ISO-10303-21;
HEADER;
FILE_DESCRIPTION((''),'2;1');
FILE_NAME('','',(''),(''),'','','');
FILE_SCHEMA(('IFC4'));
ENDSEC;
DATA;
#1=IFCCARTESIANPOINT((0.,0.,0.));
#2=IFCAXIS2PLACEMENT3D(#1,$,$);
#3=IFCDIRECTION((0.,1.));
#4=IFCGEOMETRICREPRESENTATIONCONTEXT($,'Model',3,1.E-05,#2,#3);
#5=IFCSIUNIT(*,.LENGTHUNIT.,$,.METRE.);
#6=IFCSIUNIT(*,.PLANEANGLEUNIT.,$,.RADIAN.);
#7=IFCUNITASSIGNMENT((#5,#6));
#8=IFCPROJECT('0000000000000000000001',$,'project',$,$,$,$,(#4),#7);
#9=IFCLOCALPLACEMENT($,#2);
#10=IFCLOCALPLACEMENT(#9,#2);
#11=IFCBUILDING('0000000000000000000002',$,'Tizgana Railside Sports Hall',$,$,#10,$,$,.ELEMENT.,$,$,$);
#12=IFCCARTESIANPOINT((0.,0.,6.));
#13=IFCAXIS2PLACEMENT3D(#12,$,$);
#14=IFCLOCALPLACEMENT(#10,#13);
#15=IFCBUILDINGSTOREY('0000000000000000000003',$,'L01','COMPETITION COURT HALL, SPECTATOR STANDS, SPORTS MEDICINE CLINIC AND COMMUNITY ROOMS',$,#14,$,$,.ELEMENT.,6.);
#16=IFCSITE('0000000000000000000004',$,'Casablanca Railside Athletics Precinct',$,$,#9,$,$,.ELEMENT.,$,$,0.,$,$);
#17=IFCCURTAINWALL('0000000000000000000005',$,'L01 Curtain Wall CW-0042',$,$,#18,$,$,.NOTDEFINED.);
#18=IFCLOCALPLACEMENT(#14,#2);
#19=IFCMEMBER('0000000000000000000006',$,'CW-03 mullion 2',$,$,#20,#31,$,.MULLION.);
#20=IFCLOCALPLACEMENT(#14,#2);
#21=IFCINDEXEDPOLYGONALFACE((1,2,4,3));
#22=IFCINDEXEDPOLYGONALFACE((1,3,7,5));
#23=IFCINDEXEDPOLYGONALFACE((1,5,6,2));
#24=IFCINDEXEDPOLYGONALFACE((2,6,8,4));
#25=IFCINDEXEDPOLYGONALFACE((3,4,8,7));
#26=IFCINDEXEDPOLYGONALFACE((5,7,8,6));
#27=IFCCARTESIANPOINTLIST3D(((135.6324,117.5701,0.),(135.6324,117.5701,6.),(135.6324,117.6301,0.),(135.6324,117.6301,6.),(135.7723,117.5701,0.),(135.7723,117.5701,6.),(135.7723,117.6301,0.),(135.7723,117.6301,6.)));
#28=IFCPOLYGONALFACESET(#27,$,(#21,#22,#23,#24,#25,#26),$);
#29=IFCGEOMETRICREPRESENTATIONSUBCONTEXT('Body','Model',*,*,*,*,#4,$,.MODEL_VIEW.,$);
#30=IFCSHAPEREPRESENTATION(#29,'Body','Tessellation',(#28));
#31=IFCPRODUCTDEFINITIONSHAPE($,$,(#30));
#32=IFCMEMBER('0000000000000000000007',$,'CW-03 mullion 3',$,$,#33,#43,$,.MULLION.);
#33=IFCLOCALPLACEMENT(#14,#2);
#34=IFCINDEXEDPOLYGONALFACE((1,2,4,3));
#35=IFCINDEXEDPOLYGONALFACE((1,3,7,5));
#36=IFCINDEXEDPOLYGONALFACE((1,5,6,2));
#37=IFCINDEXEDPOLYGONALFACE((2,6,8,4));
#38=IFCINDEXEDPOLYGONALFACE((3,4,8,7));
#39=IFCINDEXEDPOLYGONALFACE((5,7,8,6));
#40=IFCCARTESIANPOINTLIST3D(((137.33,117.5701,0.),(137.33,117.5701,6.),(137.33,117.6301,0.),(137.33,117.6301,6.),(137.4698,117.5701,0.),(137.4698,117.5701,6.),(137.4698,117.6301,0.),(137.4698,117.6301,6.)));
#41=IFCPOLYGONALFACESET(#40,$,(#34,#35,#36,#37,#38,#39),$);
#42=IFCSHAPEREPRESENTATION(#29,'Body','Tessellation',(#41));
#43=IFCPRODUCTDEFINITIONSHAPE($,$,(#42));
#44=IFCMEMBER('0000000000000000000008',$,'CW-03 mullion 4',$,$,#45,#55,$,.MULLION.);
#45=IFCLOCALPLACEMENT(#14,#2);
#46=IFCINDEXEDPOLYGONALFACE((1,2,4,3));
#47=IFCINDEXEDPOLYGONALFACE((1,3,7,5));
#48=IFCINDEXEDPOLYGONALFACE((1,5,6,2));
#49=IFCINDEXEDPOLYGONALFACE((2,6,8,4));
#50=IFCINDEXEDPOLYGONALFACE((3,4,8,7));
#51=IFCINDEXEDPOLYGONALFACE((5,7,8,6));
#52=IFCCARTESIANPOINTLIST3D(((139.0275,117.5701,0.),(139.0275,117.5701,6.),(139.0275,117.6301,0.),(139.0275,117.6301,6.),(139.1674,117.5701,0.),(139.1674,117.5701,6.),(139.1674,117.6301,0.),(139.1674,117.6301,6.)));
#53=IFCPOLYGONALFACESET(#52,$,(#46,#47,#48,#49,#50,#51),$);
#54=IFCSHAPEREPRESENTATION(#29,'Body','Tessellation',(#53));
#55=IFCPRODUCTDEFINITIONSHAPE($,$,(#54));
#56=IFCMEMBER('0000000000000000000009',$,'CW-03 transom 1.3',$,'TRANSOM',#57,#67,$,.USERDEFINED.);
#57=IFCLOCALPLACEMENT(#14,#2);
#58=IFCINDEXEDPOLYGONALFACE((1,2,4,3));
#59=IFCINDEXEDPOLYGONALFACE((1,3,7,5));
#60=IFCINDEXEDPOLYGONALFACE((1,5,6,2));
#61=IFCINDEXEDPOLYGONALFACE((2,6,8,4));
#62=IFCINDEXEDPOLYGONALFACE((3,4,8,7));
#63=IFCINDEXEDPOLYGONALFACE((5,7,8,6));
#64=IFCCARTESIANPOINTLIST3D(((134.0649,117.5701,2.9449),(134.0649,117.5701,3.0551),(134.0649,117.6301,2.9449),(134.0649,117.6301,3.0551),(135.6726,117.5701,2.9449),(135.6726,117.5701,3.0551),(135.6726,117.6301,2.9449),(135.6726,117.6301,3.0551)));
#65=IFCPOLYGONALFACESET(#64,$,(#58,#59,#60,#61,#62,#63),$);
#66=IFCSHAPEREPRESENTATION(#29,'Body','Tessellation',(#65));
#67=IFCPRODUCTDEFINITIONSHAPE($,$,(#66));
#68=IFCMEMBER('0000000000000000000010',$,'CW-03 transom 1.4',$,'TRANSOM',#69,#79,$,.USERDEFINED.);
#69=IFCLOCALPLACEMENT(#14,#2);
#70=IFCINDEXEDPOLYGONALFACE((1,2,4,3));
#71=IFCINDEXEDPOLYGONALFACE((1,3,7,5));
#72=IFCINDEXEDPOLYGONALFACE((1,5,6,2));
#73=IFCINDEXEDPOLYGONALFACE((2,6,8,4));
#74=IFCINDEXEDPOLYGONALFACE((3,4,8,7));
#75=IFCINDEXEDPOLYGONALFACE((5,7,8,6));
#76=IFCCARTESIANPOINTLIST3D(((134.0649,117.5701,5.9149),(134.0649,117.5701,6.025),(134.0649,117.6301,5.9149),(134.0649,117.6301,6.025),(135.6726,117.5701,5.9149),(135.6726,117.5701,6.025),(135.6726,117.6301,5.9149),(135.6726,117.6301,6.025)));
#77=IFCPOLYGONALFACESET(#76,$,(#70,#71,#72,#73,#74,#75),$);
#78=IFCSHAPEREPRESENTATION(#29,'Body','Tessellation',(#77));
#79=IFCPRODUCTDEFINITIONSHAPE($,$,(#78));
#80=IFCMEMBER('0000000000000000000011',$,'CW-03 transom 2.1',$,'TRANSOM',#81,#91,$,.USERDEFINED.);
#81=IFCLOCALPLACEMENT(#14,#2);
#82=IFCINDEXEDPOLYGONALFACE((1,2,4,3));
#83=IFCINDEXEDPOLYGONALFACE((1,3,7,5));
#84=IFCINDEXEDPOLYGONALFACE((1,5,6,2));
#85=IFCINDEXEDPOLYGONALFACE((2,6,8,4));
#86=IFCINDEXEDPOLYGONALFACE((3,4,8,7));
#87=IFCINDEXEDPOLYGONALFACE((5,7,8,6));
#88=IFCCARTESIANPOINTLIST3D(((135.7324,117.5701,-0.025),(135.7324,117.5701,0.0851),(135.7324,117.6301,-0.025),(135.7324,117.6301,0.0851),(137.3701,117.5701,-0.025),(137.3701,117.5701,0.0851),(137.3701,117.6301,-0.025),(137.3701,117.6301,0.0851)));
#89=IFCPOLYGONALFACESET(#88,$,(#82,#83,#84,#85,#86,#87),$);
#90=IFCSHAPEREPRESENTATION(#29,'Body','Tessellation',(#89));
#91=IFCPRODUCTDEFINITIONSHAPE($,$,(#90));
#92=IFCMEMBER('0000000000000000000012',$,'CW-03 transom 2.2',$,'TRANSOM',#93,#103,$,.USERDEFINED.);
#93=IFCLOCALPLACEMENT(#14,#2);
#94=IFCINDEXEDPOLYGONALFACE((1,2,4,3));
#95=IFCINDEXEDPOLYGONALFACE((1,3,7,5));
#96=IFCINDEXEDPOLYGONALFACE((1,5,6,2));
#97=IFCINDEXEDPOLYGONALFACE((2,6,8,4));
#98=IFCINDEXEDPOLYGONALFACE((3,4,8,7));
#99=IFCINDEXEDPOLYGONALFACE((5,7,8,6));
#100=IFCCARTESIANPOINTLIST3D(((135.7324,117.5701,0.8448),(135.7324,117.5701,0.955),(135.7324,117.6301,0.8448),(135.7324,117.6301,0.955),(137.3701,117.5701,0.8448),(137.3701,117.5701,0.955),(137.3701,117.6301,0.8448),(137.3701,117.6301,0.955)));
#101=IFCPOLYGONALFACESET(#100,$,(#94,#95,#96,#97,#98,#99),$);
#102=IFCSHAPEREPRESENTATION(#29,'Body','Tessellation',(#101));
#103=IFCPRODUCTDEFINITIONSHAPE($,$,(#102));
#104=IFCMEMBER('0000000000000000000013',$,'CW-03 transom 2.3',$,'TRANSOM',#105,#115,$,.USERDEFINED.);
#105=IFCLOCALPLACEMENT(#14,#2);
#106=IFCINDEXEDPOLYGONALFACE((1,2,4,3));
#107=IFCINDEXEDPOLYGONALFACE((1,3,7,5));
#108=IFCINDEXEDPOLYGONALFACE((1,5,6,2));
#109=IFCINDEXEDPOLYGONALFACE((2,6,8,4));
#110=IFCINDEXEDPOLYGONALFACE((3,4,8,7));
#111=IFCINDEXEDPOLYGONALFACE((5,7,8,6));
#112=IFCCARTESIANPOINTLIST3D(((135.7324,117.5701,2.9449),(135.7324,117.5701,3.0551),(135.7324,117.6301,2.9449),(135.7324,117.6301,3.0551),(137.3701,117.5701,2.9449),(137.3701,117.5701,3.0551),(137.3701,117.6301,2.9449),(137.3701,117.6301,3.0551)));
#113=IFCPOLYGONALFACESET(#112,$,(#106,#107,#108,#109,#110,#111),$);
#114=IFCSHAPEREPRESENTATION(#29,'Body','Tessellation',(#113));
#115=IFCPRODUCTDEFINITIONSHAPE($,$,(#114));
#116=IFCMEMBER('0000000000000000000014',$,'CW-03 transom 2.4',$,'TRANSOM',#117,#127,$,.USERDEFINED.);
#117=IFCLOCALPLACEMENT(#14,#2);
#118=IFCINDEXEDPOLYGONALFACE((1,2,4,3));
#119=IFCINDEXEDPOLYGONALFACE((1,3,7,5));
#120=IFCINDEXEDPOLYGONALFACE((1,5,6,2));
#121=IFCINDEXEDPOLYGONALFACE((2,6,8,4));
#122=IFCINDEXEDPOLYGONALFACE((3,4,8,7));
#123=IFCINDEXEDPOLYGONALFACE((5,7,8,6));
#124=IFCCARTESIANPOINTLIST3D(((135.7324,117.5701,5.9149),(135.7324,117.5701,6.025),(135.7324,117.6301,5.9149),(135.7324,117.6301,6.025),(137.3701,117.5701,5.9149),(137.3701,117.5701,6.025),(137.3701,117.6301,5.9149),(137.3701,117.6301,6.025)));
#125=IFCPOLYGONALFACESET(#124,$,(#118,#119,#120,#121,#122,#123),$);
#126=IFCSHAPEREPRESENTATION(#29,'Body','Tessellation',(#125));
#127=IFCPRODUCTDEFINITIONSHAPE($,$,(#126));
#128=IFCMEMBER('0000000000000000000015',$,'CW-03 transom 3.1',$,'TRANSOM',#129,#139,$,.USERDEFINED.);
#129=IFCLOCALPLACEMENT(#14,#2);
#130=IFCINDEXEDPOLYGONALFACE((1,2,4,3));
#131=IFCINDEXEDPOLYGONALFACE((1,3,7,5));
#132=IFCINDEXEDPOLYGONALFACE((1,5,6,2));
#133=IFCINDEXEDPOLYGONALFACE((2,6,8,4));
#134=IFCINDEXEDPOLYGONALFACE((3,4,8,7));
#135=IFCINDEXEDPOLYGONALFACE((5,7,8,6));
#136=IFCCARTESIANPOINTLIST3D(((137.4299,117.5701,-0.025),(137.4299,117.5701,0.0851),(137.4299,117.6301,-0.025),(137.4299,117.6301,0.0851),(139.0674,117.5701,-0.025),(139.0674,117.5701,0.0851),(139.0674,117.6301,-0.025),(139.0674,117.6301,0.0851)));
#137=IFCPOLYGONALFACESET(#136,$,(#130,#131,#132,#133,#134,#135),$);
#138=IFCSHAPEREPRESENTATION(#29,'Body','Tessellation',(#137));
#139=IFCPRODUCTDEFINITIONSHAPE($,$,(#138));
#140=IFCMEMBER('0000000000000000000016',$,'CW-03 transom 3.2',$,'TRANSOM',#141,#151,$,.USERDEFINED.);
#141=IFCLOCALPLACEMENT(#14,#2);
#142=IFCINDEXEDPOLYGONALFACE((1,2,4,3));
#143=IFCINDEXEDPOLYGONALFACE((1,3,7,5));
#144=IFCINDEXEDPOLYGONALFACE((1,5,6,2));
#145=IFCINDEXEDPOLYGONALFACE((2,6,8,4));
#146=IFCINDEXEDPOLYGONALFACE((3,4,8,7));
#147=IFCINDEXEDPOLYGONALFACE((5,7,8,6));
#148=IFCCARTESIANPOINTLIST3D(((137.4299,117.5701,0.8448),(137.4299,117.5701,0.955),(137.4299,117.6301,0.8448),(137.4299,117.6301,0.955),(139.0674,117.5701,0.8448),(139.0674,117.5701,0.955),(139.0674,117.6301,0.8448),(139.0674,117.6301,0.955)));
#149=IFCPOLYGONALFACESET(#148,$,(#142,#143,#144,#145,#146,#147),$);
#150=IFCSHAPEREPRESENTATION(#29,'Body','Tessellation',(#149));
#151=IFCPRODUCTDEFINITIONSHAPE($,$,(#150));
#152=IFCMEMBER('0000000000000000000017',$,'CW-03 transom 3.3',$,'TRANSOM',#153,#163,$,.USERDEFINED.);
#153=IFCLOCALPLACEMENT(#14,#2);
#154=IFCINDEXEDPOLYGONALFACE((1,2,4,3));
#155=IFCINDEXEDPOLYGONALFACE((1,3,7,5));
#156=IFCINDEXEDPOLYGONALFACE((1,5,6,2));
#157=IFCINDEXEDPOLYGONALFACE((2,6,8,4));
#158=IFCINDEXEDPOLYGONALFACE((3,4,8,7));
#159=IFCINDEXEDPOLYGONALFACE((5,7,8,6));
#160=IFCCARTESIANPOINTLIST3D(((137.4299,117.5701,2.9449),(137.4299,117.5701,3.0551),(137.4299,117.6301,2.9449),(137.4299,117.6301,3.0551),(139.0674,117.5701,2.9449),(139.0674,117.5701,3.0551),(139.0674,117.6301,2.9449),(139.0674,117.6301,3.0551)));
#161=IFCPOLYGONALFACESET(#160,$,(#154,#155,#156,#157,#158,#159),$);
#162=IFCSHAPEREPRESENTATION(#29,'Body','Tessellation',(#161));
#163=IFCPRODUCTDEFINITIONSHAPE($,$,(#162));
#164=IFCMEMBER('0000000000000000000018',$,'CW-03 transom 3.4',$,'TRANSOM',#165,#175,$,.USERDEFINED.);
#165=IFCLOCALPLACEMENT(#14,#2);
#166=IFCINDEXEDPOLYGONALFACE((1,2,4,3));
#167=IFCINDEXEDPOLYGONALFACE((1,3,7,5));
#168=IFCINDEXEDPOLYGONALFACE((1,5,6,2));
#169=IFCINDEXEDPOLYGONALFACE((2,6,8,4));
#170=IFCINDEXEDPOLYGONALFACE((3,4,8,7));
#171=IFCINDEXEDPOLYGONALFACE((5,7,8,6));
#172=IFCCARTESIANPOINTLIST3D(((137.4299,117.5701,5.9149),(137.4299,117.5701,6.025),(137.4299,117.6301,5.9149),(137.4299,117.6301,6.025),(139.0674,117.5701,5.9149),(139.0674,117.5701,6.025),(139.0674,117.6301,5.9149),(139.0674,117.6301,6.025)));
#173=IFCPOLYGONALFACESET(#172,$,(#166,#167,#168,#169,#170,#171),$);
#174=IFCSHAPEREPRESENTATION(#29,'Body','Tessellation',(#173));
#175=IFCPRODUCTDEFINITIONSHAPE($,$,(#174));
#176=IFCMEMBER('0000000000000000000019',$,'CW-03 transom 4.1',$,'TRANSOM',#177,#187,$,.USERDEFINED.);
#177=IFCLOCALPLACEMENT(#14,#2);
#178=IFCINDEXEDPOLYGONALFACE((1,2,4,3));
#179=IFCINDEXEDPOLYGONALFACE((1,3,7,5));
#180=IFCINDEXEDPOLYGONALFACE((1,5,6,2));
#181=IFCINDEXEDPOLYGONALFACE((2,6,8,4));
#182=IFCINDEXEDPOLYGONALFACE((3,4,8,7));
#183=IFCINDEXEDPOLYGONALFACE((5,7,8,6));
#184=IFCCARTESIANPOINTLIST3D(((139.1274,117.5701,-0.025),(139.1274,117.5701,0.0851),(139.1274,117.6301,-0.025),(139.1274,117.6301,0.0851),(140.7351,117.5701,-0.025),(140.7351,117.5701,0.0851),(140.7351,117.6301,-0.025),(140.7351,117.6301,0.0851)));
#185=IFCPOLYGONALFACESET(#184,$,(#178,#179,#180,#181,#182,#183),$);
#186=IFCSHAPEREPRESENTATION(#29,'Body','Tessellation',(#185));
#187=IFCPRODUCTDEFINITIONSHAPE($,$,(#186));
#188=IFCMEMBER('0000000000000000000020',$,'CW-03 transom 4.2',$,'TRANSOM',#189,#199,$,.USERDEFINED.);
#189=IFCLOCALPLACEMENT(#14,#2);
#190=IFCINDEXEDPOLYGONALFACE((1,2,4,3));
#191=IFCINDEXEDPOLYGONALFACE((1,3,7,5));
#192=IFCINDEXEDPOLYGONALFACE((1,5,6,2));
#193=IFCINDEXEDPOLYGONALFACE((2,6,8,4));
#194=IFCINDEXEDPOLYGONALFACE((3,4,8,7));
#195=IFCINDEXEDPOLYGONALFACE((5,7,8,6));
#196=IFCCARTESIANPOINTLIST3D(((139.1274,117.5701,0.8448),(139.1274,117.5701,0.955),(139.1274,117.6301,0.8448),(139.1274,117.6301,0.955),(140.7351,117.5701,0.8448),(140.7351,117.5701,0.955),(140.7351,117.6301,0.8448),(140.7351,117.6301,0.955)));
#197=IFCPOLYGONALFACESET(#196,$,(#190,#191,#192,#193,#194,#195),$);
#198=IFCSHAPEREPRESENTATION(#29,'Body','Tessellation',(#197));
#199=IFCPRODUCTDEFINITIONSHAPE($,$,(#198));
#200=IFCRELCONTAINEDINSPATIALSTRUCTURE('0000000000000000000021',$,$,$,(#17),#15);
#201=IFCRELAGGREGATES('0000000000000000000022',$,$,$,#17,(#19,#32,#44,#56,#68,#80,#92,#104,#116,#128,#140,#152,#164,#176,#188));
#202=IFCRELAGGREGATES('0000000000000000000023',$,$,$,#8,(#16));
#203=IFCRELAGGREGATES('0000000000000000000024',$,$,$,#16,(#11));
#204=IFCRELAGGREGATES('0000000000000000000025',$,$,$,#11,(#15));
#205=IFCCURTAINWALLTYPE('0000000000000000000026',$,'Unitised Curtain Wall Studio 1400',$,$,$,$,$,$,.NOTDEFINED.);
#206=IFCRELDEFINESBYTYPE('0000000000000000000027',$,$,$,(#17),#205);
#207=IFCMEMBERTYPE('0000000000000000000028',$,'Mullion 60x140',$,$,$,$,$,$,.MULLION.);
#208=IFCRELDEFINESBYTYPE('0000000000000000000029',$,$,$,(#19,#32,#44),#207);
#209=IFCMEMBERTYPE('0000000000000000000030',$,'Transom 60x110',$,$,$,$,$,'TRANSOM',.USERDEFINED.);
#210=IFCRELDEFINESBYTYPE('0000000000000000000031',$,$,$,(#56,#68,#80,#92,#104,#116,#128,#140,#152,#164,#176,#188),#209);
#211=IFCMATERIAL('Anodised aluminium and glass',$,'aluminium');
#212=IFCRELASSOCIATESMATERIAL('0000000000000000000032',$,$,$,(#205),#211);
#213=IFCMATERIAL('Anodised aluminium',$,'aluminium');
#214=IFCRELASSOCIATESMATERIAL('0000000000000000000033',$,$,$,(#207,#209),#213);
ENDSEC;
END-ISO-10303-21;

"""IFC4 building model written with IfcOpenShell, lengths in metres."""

from ifc_helpers import new_model, si_unit, direction, frame, origin, origin_2d, place, context, subcontext, project, spatial, rectangle, extrude, material, material_profile, profile_set, type_object, element, aggregate, save


model = new_model("IFC4")

# Units and contexts
model_context = context("Model", 3, precision=1e-05, world=origin(), true_north=direction((0.0, 1.0)))
body_context = subcontext(model_context, "Body", "Model", "MODEL_VIEW")
ifc_project = project(units=[si_unit("LENGTHUNIT", "METRE"), si_unit("PLANEANGLEUNIT", "RADIAN")], contexts=[model_context])

# Site, building, storey
site_placement = place(None, origin())
site = spatial("IfcSite", under=ifc_project, at=site_placement, Name="Casablanca Railside Athletics Precinct", CompositionType="ELEMENT", RefElevation=0.0)
building_placement = place(site_placement, origin())
building = spatial("IfcBuilding", under=site, at=building_placement, Name="Tizgana Railside Sports Hall", CompositionType="ELEMENT")
storey_placement = place(building_placement, frame((0.0, 0.0, 6.0)))
storey = spatial("IfcBuildingStorey", under=building, at=storey_placement, Name="L01", Description="COMPETITION COURT HALL, SPECTATOR STANDS, SPORTS MEDICINE CLINIC AND COMMUNITY ROOMS", CompositionType="ELEMENT", Elevation=6.0)

# Curtain wall, members
ifc_material_1 = material(Name="Anodised aluminium and glass", Category="aluminium")
curtain_wall_type = type_object("IfcCurtainWallType", Name="Unitised Curtain Wall Studio 1400", PredefinedType="NOTDEFINED", material=ifc_material_1)
curtain_wall_placement = place(storey_placement, origin())
curtain_wall = element("IfcCurtainWall", 1, at=curtain_wall_placement, inside=storey, type_object=curtain_wall_type, Name="L01 Curtain Wall CW-0042", PredefinedType="NOTDEFINED")
ifc_material_2 = material(Name="Anodised aluminium", Category="aluminium")
ifc_material_profile_1 = material_profile(ifc_material_2, rectangle(XDim=0.0601, YDim=0.1399, at=origin_2d()), Name="Mullion 60x140")
ifc_profile_set_1 = profile_set([ifc_material_profile_1], Name="Anodised aluminium")
member_type_1 = type_object("IfcMemberType", Name="Mullion 60x140", PredefinedType="MULLION", material=ifc_profile_set_1)
member_1_placement = place(storey_placement, frame((135.7024, 117.6001, 0.0), z_axis=(0.0, 0.0, 1.0), x_axis=(0.0, 1.0, 0.0)))
member_1 = element("IfcMember", 2, at=member_1_placement, type_object=member_type_1, Name="CW-03 mullion 2", PredefinedType="MULLION", context=body_context, shape_type="SweptSolid", body=[
    extrude(rectangle(XDim=0.0601, YDim=0.1399, at=origin_2d()), origin(), (0.0, 0.0, 1.0), 6.0),
])
member_2_placement = place(storey_placement, frame((137.3999, 117.6001, 0.0), z_axis=(0.0, 0.0, 1.0), x_axis=(0.0, 1.0, 0.0)))
member_2 = element("IfcMember", 3, at=member_2_placement, type_object=member_type_1, Name="CW-03 mullion 3", PredefinedType="MULLION", context=body_context, shape_type="SweptSolid", body=[
    extrude(rectangle(XDim=0.0601, YDim=0.1399, at=origin_2d()), origin(), (0.0, 0.0, 1.0), 6.0),
])
member_3_placement = place(storey_placement, frame((139.0974, 117.6001, 0.0), z_axis=(0.0, 0.0, 1.0), x_axis=(0.0, 1.0, 0.0)))
member_3 = element("IfcMember", 4, at=member_3_placement, type_object=member_type_1, Name="CW-03 mullion 4", PredefinedType="MULLION", context=body_context, shape_type="SweptSolid", body=[
    extrude(rectangle(XDim=0.0601, YDim=0.1399, at=origin_2d()), origin(), (0.0, 0.0, 1.0), 6.0),
])
ifc_material_profile_2 = material_profile(ifc_material_2, rectangle(XDim=0.0601, YDim=0.1101, at=origin_2d()), Name="Transom 60x110")
ifc_profile_set_2 = profile_set([ifc_material_profile_2], Name="Anodised aluminium")
member_type_2 = type_object("IfcMemberType", Name="Transom 60x110", ElementType="TRANSOM", PredefinedType="USERDEFINED", material=ifc_profile_set_2)
member_4_placement = place(storey_placement, frame((134.0649, 117.6001, 3.0), z_axis=(1.0, 0.0, 0.0), x_axis=(0.0, 1.0, 0.0)))
member_4 = element("IfcMember", 5, at=member_4_placement, type_object=member_type_2, Name="CW-03 transom 1.3", ObjectType="TRANSOM", PredefinedType="USERDEFINED", context=body_context, shape_type="SweptSolid", body=[
    extrude(rectangle(XDim=0.0601, YDim=0.1101, at=origin_2d()), origin(), (0.0, 0.0, 1.0), 1.6077),
])
member_5_placement = place(storey_placement, frame((134.0649, 117.6001, 5.97), z_axis=(1.0, 0.0, 0.0), x_axis=(0.0, 1.0, 0.0)))
member_5 = element("IfcMember", 6, at=member_5_placement, type_object=member_type_2, Name="CW-03 transom 1.4", ObjectType="TRANSOM", PredefinedType="USERDEFINED", context=body_context, shape_type="SweptSolid", body=[
    extrude(rectangle(XDim=0.0601, YDim=0.1101, at=origin_2d()), origin(), (0.0, 0.0, 1.0), 1.6077),
])
member_6_placement = place(storey_placement, frame((135.7324, 117.6001, 0.03), z_axis=(1.0, 0.0, 0.0), x_axis=(0.0, 1.0, 0.0)))
member_6 = element("IfcMember", 7, at=member_6_placement, type_object=member_type_2, Name="CW-03 transom 2.1", ObjectType="TRANSOM", PredefinedType="USERDEFINED", context=body_context, shape_type="SweptSolid", body=[
    extrude(rectangle(XDim=0.0601, YDim=0.1101, at=origin_2d()), origin(), (0.0, 0.0, 1.0), 1.6377),
])
member_7_placement = place(storey_placement, frame((135.7324, 117.6001, 0.8999), z_axis=(1.0, 0.0, 0.0), x_axis=(0.0, 1.0, 0.0)))
member_7 = element("IfcMember", 8, at=member_7_placement, type_object=member_type_2, Name="CW-03 transom 2.2", ObjectType="TRANSOM", PredefinedType="USERDEFINED", context=body_context, shape_type="SweptSolid", body=[
    extrude(rectangle(XDim=0.0601, YDim=0.1101, at=origin_2d()), origin(), (0.0, 0.0, 1.0), 1.6377),
])
member_8_placement = place(storey_placement, frame((135.7324, 117.6001, 3.0), z_axis=(1.0, 0.0, 0.0), x_axis=(0.0, 1.0, 0.0)))
member_8 = element("IfcMember", 9, at=member_8_placement, type_object=member_type_2, Name="CW-03 transom 2.3", ObjectType="TRANSOM", PredefinedType="USERDEFINED", context=body_context, shape_type="SweptSolid", body=[
    extrude(rectangle(XDim=0.0601, YDim=0.1101, at=origin_2d()), origin(), (0.0, 0.0, 1.0), 1.6377),
])
member_9_placement = place(storey_placement, frame((135.7324, 117.6001, 5.97), z_axis=(1.0, 0.0, 0.0), x_axis=(0.0, 1.0, 0.0)))
member_9 = element("IfcMember", 10, at=member_9_placement, type_object=member_type_2, Name="CW-03 transom 2.4", ObjectType="TRANSOM", PredefinedType="USERDEFINED", context=body_context, shape_type="SweptSolid", body=[
    extrude(rectangle(XDim=0.0601, YDim=0.1101, at=origin_2d()), origin(), (0.0, 0.0, 1.0), 1.6377),
])
member_10_placement = place(storey_placement, frame((137.4299, 117.6001, 0.03), z_axis=(1.0, 0.0, 0.0), x_axis=(0.0, 1.0, 0.0)))
member_10 = element("IfcMember", 11, at=member_10_placement, type_object=member_type_2, Name="CW-03 transom 3.1", ObjectType="TRANSOM", PredefinedType="USERDEFINED", context=body_context, shape_type="SweptSolid", body=[
    extrude(rectangle(XDim=0.0601, YDim=0.1101, at=origin_2d()), origin(), (0.0, 0.0, 1.0), 1.6375),
])
member_11_placement = place(storey_placement, frame((137.4299, 117.6001, 0.8999), z_axis=(1.0, 0.0, 0.0), x_axis=(0.0, 1.0, 0.0)))
member_11 = element("IfcMember", 12, at=member_11_placement, type_object=member_type_2, Name="CW-03 transom 3.2", ObjectType="TRANSOM", PredefinedType="USERDEFINED", context=body_context, shape_type="SweptSolid", body=[
    extrude(rectangle(XDim=0.0601, YDim=0.1101, at=origin_2d()), origin(), (0.0, 0.0, 1.0), 1.6375),
])
member_12_placement = place(storey_placement, frame((137.4299, 117.6001, 3.0), z_axis=(1.0, 0.0, 0.0), x_axis=(0.0, 1.0, 0.0)))
member_12 = element("IfcMember", 13, at=member_12_placement, type_object=member_type_2, Name="CW-03 transom 3.3", ObjectType="TRANSOM", PredefinedType="USERDEFINED", context=body_context, shape_type="SweptSolid", body=[
    extrude(rectangle(XDim=0.0601, YDim=0.1101, at=origin_2d()), origin(), (0.0, 0.0, 1.0), 1.6375),
])
member_13_placement = place(storey_placement, frame((137.4299, 117.6001, 5.97), z_axis=(1.0, 0.0, 0.0), x_axis=(0.0, 1.0, 0.0)))
member_13 = element("IfcMember", 14, at=member_13_placement, type_object=member_type_2, Name="CW-03 transom 3.4", ObjectType="TRANSOM", PredefinedType="USERDEFINED", context=body_context, shape_type="SweptSolid", body=[
    extrude(rectangle(XDim=0.0601, YDim=0.1101, at=origin_2d()), origin(), (0.0, 0.0, 1.0), 1.6375),
])
member_14_placement = place(storey_placement, frame((139.1274, 117.6001, 0.03), z_axis=(1.0, 0.0, 0.0), x_axis=(0.0, 1.0, 0.0)))
member_14 = element("IfcMember", 15, at=member_14_placement, type_object=member_type_2, Name="CW-03 transom 4.1", ObjectType="TRANSOM", PredefinedType="USERDEFINED", context=body_context, shape_type="SweptSolid", body=[
    extrude(rectangle(XDim=0.0601, YDim=0.1101, at=origin_2d()), origin(), (0.0, 0.0, 1.0), 1.6077),
])
member_15_placement = place(storey_placement, frame((139.1274, 117.6001, 0.8999), z_axis=(1.0, 0.0, 0.0), x_axis=(0.0, 1.0, 0.0)))
member_15 = element("IfcMember", 16, at=member_15_placement, type_object=member_type_2, Name="CW-03 transom 4.2", ObjectType="TRANSOM", PredefinedType="USERDEFINED", context=body_context, shape_type="SweptSolid", body=[
    extrude(rectangle(XDim=0.0601, YDim=0.1101, at=origin_2d()), origin(), (0.0, 0.0, 1.0), 1.6077),
])
aggregate(curtain_wall, [member_1, member_2, member_3, member_4, member_5, member_6, member_7, member_8, member_9, member_10, member_11, member_12, member_13, member_14, member_15])

save(model, "model.ifc")
